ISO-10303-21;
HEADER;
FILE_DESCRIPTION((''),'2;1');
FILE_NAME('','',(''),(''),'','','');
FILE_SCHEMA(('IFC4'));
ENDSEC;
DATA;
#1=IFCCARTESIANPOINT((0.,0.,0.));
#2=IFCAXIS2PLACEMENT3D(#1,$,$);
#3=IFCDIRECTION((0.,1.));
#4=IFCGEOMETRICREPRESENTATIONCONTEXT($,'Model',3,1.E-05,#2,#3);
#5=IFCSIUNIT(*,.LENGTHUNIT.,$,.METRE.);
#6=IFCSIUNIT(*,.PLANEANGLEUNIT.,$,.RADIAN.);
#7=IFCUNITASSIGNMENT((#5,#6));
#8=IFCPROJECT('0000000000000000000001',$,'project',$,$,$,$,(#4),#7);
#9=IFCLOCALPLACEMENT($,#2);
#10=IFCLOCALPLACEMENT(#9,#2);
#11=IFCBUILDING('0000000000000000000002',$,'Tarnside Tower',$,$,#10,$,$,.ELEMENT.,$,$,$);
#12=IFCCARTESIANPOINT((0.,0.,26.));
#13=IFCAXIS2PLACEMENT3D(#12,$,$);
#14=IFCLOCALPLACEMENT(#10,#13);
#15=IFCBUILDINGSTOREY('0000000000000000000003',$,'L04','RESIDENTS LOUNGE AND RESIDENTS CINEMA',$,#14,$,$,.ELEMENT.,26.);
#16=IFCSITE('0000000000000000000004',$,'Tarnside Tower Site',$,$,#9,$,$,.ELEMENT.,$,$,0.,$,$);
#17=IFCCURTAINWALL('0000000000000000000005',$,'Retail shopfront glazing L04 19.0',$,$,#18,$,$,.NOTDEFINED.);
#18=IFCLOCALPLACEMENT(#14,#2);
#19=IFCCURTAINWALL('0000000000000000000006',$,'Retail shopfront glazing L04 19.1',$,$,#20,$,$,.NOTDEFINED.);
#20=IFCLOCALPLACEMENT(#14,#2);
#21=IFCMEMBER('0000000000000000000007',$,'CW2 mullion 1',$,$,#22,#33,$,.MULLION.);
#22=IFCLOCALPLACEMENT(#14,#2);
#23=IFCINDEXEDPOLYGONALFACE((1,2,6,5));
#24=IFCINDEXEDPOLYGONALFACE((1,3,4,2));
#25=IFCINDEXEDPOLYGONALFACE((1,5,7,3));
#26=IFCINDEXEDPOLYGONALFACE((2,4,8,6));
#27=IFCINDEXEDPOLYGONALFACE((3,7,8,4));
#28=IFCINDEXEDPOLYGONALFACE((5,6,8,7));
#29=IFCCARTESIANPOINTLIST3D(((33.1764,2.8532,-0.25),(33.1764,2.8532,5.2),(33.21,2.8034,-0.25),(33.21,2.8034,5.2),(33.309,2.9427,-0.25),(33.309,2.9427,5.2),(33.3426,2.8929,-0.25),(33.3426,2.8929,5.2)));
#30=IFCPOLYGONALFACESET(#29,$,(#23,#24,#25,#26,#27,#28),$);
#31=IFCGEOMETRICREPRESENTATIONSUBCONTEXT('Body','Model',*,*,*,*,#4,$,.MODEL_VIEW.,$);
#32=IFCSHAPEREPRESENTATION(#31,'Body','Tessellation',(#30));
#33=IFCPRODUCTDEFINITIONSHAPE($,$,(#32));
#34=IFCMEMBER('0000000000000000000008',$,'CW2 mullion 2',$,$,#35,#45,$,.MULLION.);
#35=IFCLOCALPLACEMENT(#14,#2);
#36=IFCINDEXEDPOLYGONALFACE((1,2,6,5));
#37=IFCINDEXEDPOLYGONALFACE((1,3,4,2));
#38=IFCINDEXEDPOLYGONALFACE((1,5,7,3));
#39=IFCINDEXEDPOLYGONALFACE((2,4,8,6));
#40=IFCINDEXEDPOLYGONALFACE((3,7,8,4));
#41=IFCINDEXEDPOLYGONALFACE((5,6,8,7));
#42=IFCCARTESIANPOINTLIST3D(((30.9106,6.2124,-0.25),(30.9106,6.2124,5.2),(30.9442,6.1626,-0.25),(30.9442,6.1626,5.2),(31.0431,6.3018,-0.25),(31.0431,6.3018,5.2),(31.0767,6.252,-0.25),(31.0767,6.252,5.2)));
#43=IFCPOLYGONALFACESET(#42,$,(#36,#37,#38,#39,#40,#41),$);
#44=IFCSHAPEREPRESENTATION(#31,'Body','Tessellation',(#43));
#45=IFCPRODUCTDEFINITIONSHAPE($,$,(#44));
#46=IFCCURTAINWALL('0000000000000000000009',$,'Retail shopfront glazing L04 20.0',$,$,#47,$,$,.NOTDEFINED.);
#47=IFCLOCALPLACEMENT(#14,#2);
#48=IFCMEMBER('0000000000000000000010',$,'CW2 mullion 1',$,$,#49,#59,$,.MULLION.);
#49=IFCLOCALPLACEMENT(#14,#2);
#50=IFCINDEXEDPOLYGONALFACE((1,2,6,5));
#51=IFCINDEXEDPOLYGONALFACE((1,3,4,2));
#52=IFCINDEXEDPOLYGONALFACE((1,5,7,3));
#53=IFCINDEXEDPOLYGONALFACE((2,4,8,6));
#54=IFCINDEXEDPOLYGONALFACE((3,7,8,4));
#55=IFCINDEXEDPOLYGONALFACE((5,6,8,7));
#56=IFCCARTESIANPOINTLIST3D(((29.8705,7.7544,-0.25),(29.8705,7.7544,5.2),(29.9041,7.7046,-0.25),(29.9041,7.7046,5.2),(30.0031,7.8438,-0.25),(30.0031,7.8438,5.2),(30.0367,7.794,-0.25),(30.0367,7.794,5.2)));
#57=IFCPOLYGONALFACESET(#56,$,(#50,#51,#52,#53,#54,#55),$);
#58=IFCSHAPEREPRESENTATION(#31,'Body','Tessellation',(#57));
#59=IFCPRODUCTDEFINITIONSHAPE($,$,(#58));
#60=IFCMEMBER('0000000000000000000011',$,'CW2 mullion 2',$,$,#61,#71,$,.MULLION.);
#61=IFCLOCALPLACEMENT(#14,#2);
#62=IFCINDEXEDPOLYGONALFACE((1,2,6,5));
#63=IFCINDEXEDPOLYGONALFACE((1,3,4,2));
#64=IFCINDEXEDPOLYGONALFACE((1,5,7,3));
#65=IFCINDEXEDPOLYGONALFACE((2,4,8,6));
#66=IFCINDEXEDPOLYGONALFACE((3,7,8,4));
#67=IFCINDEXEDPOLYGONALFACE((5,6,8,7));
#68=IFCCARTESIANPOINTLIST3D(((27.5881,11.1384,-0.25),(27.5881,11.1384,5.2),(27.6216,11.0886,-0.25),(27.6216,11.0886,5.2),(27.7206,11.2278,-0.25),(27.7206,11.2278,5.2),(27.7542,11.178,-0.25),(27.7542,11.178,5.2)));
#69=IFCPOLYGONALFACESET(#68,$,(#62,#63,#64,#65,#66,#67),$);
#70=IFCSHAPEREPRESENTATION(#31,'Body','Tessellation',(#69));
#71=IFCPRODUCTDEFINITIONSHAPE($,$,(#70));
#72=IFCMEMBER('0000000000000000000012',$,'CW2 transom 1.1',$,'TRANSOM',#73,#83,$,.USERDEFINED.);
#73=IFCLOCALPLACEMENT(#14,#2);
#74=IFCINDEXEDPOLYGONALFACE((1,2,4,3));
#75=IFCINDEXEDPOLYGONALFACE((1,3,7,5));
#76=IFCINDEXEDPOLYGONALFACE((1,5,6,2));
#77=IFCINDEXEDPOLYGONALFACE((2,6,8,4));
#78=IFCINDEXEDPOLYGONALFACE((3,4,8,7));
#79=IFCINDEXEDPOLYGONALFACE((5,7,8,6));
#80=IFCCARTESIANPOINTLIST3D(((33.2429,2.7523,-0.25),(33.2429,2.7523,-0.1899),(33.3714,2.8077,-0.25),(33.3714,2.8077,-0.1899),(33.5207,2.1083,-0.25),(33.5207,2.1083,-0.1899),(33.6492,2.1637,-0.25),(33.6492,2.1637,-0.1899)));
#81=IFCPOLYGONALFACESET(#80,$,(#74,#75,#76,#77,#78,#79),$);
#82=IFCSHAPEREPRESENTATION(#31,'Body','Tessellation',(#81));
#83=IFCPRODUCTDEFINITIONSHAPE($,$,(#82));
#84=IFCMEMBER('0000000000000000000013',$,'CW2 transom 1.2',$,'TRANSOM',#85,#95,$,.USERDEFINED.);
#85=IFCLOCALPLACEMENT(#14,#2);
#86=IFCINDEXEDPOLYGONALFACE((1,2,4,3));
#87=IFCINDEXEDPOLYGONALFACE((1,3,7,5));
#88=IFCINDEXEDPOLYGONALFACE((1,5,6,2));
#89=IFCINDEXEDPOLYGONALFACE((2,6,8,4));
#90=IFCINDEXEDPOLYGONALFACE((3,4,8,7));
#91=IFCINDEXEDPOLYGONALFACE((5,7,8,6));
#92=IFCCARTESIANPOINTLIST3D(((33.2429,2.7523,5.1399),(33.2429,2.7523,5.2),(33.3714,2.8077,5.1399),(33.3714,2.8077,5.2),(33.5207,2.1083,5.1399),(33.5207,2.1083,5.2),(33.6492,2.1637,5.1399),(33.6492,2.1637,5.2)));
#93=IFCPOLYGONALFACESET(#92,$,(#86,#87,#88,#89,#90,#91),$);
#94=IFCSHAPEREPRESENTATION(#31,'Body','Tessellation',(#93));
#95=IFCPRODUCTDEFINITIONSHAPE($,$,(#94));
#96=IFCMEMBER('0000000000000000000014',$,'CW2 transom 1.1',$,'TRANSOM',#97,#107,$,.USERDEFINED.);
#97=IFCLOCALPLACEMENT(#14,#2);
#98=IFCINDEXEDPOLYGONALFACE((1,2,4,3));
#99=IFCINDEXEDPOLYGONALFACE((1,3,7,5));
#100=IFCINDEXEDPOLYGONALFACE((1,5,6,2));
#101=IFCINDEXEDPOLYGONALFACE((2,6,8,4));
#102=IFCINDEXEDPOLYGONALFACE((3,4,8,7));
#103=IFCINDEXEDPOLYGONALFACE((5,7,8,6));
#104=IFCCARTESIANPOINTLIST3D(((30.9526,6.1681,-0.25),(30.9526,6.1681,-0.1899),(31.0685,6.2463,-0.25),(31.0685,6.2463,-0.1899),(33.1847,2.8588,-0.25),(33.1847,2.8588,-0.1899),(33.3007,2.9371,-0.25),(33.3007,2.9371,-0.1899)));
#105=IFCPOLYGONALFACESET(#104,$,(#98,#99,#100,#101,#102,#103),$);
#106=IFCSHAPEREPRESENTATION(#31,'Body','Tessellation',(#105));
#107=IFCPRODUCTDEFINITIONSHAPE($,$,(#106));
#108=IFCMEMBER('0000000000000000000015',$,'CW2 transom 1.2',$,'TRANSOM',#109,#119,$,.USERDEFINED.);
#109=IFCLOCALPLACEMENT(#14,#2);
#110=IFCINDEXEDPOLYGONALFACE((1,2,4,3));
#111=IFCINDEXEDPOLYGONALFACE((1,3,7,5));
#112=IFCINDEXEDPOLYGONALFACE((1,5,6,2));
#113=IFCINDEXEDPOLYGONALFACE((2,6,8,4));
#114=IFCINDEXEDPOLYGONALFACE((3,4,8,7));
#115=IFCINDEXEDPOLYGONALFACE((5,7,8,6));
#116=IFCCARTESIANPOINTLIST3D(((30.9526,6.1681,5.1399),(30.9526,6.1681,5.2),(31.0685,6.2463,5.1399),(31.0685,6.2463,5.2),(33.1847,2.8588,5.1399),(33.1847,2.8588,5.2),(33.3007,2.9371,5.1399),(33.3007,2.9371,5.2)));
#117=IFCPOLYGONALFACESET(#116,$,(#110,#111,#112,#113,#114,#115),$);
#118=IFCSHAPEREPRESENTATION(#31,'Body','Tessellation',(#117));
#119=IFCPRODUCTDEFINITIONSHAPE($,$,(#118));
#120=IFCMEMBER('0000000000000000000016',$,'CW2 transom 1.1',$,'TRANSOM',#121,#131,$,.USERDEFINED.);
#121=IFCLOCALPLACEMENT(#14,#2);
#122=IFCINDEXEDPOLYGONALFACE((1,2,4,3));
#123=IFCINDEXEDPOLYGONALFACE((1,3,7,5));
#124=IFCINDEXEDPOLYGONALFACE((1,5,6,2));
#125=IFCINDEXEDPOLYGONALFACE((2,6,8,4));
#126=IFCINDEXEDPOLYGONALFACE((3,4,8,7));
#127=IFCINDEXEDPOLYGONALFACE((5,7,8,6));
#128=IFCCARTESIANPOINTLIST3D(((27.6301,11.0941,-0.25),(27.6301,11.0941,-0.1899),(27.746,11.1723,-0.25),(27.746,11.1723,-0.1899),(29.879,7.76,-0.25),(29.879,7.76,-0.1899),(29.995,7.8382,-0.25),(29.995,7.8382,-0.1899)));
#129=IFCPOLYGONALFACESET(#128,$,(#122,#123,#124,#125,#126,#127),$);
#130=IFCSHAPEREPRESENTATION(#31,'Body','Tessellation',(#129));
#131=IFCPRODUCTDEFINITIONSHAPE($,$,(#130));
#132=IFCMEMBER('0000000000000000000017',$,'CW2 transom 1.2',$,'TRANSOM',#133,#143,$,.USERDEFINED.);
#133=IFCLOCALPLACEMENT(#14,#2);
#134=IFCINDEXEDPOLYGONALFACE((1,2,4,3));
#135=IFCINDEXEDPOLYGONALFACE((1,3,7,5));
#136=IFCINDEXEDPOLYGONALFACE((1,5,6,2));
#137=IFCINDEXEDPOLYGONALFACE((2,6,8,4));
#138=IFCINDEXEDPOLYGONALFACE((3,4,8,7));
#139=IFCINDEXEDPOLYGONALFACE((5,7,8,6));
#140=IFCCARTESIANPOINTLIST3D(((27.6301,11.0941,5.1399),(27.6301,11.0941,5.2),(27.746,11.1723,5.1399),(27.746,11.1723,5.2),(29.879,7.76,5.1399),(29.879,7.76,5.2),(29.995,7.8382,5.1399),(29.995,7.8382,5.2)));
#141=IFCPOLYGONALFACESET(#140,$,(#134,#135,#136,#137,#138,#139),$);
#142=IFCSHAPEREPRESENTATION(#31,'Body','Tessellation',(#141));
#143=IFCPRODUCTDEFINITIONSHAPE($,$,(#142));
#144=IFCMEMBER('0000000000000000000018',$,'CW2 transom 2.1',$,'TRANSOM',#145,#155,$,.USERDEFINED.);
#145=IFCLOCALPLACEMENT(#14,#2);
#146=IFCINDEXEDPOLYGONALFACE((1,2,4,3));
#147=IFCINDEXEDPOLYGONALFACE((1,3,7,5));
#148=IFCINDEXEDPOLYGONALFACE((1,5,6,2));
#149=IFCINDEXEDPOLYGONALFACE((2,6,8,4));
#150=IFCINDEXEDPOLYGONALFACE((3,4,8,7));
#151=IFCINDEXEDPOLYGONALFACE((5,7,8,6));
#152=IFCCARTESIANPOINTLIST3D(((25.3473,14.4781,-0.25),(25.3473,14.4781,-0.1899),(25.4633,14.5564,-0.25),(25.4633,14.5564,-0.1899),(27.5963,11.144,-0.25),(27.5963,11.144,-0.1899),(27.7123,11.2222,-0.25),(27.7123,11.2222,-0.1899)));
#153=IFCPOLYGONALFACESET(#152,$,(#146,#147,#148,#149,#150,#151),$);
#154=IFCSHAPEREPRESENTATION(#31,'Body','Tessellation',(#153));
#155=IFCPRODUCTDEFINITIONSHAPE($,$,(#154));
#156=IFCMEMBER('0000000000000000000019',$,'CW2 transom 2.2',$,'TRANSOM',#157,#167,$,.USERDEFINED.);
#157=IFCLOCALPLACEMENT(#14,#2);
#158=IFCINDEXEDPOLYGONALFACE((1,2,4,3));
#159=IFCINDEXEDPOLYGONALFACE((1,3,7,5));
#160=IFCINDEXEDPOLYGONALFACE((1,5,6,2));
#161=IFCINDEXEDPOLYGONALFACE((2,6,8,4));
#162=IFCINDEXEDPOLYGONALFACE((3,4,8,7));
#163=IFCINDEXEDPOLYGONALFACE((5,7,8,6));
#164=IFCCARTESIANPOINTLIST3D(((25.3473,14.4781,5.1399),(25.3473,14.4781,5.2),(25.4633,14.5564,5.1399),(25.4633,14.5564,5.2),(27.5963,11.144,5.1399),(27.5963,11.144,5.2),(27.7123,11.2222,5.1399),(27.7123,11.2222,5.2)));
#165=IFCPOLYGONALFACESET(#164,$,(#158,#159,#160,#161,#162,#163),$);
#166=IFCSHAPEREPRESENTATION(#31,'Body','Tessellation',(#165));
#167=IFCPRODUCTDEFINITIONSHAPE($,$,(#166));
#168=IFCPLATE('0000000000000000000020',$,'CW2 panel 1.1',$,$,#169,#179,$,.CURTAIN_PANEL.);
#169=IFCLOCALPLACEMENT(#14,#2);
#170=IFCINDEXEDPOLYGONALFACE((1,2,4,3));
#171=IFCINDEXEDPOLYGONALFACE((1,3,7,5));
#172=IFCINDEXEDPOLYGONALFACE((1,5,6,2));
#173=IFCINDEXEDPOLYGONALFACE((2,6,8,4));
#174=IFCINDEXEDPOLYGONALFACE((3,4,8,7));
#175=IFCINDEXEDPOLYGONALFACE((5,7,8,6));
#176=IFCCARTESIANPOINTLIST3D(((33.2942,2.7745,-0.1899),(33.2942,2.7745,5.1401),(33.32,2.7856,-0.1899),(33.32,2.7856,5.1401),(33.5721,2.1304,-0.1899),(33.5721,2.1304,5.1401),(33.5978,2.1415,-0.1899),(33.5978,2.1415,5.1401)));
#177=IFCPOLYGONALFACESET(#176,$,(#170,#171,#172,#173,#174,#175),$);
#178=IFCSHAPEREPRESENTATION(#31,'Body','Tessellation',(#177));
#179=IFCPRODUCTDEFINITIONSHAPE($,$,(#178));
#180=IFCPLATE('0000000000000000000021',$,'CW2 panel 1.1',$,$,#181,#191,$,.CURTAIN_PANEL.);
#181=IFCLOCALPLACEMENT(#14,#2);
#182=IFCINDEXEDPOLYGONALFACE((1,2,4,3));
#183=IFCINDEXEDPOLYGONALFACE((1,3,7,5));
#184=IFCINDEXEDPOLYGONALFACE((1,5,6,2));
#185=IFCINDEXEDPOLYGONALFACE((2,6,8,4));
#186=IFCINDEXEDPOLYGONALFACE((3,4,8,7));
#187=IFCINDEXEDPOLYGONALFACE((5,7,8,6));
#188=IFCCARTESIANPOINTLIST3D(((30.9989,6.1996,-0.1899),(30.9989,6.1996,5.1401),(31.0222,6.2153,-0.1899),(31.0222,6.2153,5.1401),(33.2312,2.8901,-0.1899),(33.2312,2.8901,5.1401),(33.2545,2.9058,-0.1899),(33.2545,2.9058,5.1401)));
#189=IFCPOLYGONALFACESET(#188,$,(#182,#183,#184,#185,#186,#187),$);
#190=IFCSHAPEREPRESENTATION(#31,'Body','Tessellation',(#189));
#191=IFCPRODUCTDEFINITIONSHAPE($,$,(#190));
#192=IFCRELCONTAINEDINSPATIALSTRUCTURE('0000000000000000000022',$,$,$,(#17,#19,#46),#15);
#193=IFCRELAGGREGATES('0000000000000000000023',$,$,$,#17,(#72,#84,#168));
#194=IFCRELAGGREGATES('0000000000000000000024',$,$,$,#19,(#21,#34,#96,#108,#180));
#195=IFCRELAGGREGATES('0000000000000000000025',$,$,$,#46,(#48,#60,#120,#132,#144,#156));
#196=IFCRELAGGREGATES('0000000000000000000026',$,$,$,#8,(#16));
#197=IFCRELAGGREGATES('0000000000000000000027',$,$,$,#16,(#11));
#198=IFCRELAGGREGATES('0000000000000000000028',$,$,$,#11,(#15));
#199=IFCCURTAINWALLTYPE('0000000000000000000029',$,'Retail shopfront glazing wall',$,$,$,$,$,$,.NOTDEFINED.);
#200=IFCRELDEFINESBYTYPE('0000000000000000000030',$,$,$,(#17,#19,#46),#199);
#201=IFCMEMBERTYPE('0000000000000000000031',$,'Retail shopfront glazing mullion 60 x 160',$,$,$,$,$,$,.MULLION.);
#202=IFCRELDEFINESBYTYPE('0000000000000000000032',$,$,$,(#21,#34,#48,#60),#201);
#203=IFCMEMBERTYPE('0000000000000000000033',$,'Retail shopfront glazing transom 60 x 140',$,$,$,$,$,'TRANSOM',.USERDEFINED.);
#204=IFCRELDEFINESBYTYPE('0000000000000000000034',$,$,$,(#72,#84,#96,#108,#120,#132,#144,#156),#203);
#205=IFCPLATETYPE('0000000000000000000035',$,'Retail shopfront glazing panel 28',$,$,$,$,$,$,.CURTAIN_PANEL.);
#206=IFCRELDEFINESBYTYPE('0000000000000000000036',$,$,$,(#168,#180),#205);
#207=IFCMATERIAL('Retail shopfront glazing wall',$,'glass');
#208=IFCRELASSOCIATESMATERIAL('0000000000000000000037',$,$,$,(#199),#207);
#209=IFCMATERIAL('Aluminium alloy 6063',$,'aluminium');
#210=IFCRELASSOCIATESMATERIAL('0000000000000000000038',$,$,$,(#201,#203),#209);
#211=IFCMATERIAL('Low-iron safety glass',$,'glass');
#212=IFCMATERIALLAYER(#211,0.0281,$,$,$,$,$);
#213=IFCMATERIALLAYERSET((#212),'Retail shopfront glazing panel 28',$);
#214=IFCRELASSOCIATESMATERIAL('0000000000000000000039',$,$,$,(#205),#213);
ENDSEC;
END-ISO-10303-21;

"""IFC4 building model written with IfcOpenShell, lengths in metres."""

from ifc_helpers import new_model, si_unit, direction, frame, origin, origin_2d, place, context, subcontext, project, spatial, rectangle, extrude, material, layer, layer_set, material_profile, profile_set, type_object, element, aggregate, save


model = new_model("IFC4")

# Units and contexts
model_context = context("Model", 3, precision=1e-05, world=origin(), true_north=direction((0.0, 1.0)))
body_context = subcontext(model_context, "Body", "Model", "MODEL_VIEW")
ifc_project = project(units=[si_unit("LENGTHUNIT", "METRE"), si_unit("PLANEANGLEUNIT", "RADIAN")], contexts=[model_context])

# Site, building, storey
site_placement = place(None, origin())
site = spatial("IfcSite", under=ifc_project, at=site_placement, Name="Tarnside Tower Site", CompositionType="ELEMENT", RefElevation=0.0)
building_placement = place(site_placement, origin())
building = spatial("IfcBuilding", under=site, at=building_placement, Name="Tarnside Tower", CompositionType="ELEMENT")
storey_placement = place(building_placement, frame((0.0, 0.0, 26.0)))
storey = spatial("IfcBuildingStorey", under=building, at=storey_placement, Name="L04", Description="RESIDENTS LOUNGE AND RESIDENTS CINEMA", CompositionType="ELEMENT", Elevation=26.0)

# Shared definitions
ifc_material_1 = material(Name="Retail shopfront glazing wall", Category="glass")
curtain_wall_type = type_object("IfcCurtainWallType", Name="Retail shopfront glazing wall", PredefinedType="NOTDEFINED", material=ifc_material_1)
ifc_material_2 = material(Name="Aluminium alloy 6063", Category="aluminium")
ifc_material_profile_1 = material_profile(ifc_material_2, rectangle(XDim=0.1599, YDim=0.0601, at=origin_2d()), Name="Retail shopfront glazing mullion 60 x 160")
ifc_profile_set_1 = profile_set([ifc_material_profile_1], Name="Aluminium alloy 6063")
member_type_1 = type_object("IfcMemberType", Name="Retail shopfront glazing mullion 60 x 160", PredefinedType="MULLION", material=ifc_profile_set_1)

# Curtain walls, members
curtain_wall_1_placement = place(storey_placement, origin())
curtain_wall_1 = element("IfcCurtainWall", 1, at=curtain_wall_1_placement, inside=storey, type_object=curtain_wall_type, Name="Retail shopfront glazing L04 19.0", PredefinedType="NOTDEFINED")
curtain_wall_2_placement = place(storey_placement, origin())
curtain_wall_2 = element("IfcCurtainWall", 2, at=curtain_wall_2_placement, inside=storey, type_object=curtain_wall_type, Name="Retail shopfront glazing L04 19.1", PredefinedType="NOTDEFINED")
member_1_placement = place(storey_placement, frame((33.2595, 2.873, -0.25), z_axis=(0.0, 0.0, 1.0), x_axis=(-0.829038, -0.559193, 0.0)))
member_1 = element("IfcMember", 3, at=member_1_placement, type_object=member_type_1, Name="CW2 mullion 1", PredefinedType="MULLION", context=body_context, shape_type="SweptSolid", body=[
    extrude(rectangle(XDim=0.1599, YDim=0.0601, at=origin_2d()), origin(), (0.0, 0.0, 1.0), 5.45),
])
member_2_placement = place(storey_placement, frame((30.9937, 6.2322, -0.25), z_axis=(0.0, 0.0, 1.0), x_axis=(-0.829038, -0.559193, 0.0)))
member_2 = element("IfcMember", 4, at=member_2_placement, type_object=member_type_1, Name="CW2 mullion 2", PredefinedType="MULLION", context=body_context, shape_type="SweptSolid", body=[
    extrude(rectangle(XDim=0.1599, YDim=0.0601, at=origin_2d()), origin(), (0.0, 0.0, 1.0), 5.45),
])
curtain_wall_3_placement = place(storey_placement, origin())
curtain_wall_3 = element("IfcCurtainWall", 5, at=curtain_wall_3_placement, inside=storey, type_object=curtain_wall_type, Name="Retail shopfront glazing L04 20.0", PredefinedType="NOTDEFINED")
member_3_placement = place(storey_placement, frame((29.9536, 7.7742, -0.25), z_axis=(0.0, 0.0, 1.0), x_axis=(-0.829038, -0.559193, 0.0)))
member_3 = element("IfcMember", 6, at=member_3_placement, type_object=member_type_1, Name="CW2 mullion 1", PredefinedType="MULLION", context=body_context, shape_type="SweptSolid", body=[
    extrude(rectangle(XDim=0.1599, YDim=0.0601, at=origin_2d()), origin(), (0.0, 0.0, 1.0), 5.45),
])
member_4_placement = place(storey_placement, frame((27.6711, 11.1582, -0.25), z_axis=(0.0, 0.0, 1.0), x_axis=(-0.829038, -0.559193, 0.0)))
member_4 = element("IfcMember", 7, at=member_4_placement, type_object=member_type_1, Name="CW2 mullion 2", PredefinedType="MULLION", context=body_context, shape_type="SweptSolid", body=[
    extrude(rectangle(XDim=0.1599, YDim=0.0601, at=origin_2d()), origin(), (0.0, 0.0, 1.0), 5.45),
])

# Members
ifc_material_profile_2 = material_profile(ifc_material_2, rectangle(XDim=0.1399, YDim=0.0601, at=origin_2d()), Name="Retail shopfront glazing transom 60 x 140")
ifc_profile_set_2 = profile_set([ifc_material_profile_2], Name="Aluminium alloy 6063")
member_type_2 = type_object("IfcMemberType", Name="Retail shopfront glazing transom 60 x 140", ElementType="TRANSOM", PredefinedType="USERDEFINED", material=ifc_profile_set_2)
member_5_placement = place(storey_placement, frame((33.585, 2.136, -0.22), z_axis=(-0.396103, 0.918206, 0.0), x_axis=(-0.918206, -0.396103, 0.0)))
member_5 = element("IfcMember", 8, at=member_5_placement, type_object=member_type_2, Name="CW2 transom 1.1", ObjectType="TRANSOM", PredefinedType="USERDEFINED", context=body_context, shape_type="SweptSolid", body=[
    extrude(rectangle(XDim=0.1399, YDim=0.0601, at=origin_2d()), origin(), (0.0, 0.0, 1.0), 0.7014),
])
member_6_placement = place(storey_placement, frame((33.585, 2.136, 5.1699), z_axis=(-0.396103, 0.918206, 0.0), x_axis=(-0.918206, -0.396103, 0.0)))
member_6 = element("IfcMember", 9, at=member_6_placement, type_object=member_type_2, Name="CW2 transom 1.2", ObjectType="TRANSOM", PredefinedType="USERDEFINED", context=body_context, shape_type="SweptSolid", body=[
    extrude(rectangle(XDim=0.1399, YDim=0.0601, at=origin_2d()), origin(), (0.0, 0.0, 1.0), 0.7014),
])
member_7_placement = place(storey_placement, frame((33.2427, 2.8979, -0.22), z_axis=(-0.559194, 0.829037, 0.0), x_axis=(-0.829037, -0.559194, 0.0)))
member_7 = element("IfcMember", 10, at=member_7_placement, type_object=member_type_2, Name="CW2 transom 1.1", ObjectType="TRANSOM", PredefinedType="USERDEFINED", context=body_context, shape_type="SweptSolid", body=[
    extrude(rectangle(XDim=0.1399, YDim=0.0601, at=origin_2d()), origin(), (0.0, 0.0, 1.0), 3.9917),
])
member_8_placement = place(storey_placement, frame((33.2427, 2.8979, 5.1699), z_axis=(-0.559194, 0.829037, 0.0), x_axis=(-0.829037, -0.559194, 0.0)))
member_8 = element("IfcMember", 11, at=member_8_placement, type_object=member_type_2, Name="CW2 transom 1.2", ObjectType="TRANSOM", PredefinedType="USERDEFINED", context=body_context, shape_type="SweptSolid", body=[
    extrude(rectangle(XDim=0.1399, YDim=0.0601, at=origin_2d()), origin(), (0.0, 0.0, 1.0), 3.9917),
])
member_9_placement = place(storey_placement, frame((29.937, 7.7991, -0.22), z_axis=(-0.559203, 0.829031, 0.0), x_axis=(-0.829031, -0.559203, 0.0)))
member_9 = element("IfcMember", 12, at=member_9_placement, type_object=member_type_2, Name="CW2 transom 1.1", ObjectType="TRANSOM", PredefinedType="USERDEFINED", context=body_context, shape_type="SweptSolid", body=[
    extrude(rectangle(XDim=0.1399, YDim=0.0601, at=origin_2d()), origin(), (0.0, 0.0, 1.0), 4.0217),
])
member_10_placement = place(storey_placement, frame((29.937, 7.7991, 5.1699), z_axis=(-0.559203, 0.829031, 0.0), x_axis=(-0.829031, -0.559203, 0.0)))
member_10 = element("IfcMember", 13, at=member_10_placement, type_object=member_type_2, Name="CW2 transom 1.2", ObjectType="TRANSOM", PredefinedType="USERDEFINED", context=body_context, shape_type="SweptSolid", body=[
    extrude(rectangle(XDim=0.1399, YDim=0.0601, at=origin_2d()), origin(), (0.0, 0.0, 1.0), 4.0217),
])
member_11_placement = place(storey_placement, frame((27.6543, 11.1831, -0.22), z_axis=(-0.559203, 0.829031, 0.0), x_axis=(-0.829031, -0.559203, 0.0)))
member_11 = element("IfcMember", 14, at=member_11_placement, type_object=member_type_2, Name="CW2 transom 2.1", ObjectType="TRANSOM", PredefinedType="USERDEFINED", context=body_context, shape_type="SweptSolid", body=[
    extrude(rectangle(XDim=0.1399, YDim=0.0601, at=origin_2d()), origin(), (0.0, 0.0, 1.0), 4.0217),
])
member_12_placement = place(storey_placement, frame((27.6543, 11.1831, 5.1699), z_axis=(-0.559203, 0.829031, 0.0), x_axis=(-0.829031, -0.559203, 0.0)))
member_12 = element("IfcMember", 15, at=member_12_placement, type_object=member_type_2, Name="CW2 transom 2.2", ObjectType="TRANSOM", PredefinedType="USERDEFINED", context=body_context, shape_type="SweptSolid", body=[
    extrude(rectangle(XDim=0.1399, YDim=0.0601, at=origin_2d()), origin(), (0.0, 0.0, 1.0), 4.0217),
])

# Plates
ifc_material_3 = material(Name="Low-iron safety glass", Category="glass")
ifc_layer_1 = layer(ifc_material_3, 0.0281)
ifc_layer_set_1 = layer_set([ifc_layer_1], Name="Retail shopfront glazing panel 28")
plate_type = type_object("IfcPlateType", Name="Retail shopfront glazing panel 28", PredefinedType="CURTAIN_PANEL", material=ifc_layer_set_1)
plate_1_placement = place(storey_placement, frame((33.446, 2.458, -0.1899), z_axis=(0.0, 0.0, 1.0), x_axis=(-0.39608, 0.918216, 0.0)))
plate_1 = element("IfcPlate", 16, at=plate_1_placement, type_object=plate_type, Name="CW2 panel 1.1", PredefinedType="CURTAIN_PANEL", context=body_context, shape_type="SweptSolid", body=[
    extrude(rectangle(XDim=0.7014, YDim=0.0281, at=origin_2d()), origin(), (0.0, 0.0, 1.0), 5.3301),
])
aggregate(curtain_wall_1, [member_5, member_6, plate_1])
plate_2_placement = place(storey_placement, frame((32.1267, 4.5527, -0.1899), z_axis=(0.0, 0.0, 1.0), x_axis=(-0.559193, 0.829038, 0.0)))
plate_2 = element("IfcPlate", 17, at=plate_2_placement, type_object=plate_type, Name="CW2 panel 1.1", PredefinedType="CURTAIN_PANEL", context=body_context, shape_type="SweptSolid", body=[
    extrude(rectangle(XDim=3.9919, YDim=0.0281, at=origin_2d()), origin(), (0.0, 0.0, 1.0), 5.3301),
])
aggregate(curtain_wall_2, [member_1, member_2, member_7, member_8, plate_2])
aggregate(curtain_wall_3, [member_3, member_4, member_9, member_10, member_11, member_12])

save(model, "model.ifc")
